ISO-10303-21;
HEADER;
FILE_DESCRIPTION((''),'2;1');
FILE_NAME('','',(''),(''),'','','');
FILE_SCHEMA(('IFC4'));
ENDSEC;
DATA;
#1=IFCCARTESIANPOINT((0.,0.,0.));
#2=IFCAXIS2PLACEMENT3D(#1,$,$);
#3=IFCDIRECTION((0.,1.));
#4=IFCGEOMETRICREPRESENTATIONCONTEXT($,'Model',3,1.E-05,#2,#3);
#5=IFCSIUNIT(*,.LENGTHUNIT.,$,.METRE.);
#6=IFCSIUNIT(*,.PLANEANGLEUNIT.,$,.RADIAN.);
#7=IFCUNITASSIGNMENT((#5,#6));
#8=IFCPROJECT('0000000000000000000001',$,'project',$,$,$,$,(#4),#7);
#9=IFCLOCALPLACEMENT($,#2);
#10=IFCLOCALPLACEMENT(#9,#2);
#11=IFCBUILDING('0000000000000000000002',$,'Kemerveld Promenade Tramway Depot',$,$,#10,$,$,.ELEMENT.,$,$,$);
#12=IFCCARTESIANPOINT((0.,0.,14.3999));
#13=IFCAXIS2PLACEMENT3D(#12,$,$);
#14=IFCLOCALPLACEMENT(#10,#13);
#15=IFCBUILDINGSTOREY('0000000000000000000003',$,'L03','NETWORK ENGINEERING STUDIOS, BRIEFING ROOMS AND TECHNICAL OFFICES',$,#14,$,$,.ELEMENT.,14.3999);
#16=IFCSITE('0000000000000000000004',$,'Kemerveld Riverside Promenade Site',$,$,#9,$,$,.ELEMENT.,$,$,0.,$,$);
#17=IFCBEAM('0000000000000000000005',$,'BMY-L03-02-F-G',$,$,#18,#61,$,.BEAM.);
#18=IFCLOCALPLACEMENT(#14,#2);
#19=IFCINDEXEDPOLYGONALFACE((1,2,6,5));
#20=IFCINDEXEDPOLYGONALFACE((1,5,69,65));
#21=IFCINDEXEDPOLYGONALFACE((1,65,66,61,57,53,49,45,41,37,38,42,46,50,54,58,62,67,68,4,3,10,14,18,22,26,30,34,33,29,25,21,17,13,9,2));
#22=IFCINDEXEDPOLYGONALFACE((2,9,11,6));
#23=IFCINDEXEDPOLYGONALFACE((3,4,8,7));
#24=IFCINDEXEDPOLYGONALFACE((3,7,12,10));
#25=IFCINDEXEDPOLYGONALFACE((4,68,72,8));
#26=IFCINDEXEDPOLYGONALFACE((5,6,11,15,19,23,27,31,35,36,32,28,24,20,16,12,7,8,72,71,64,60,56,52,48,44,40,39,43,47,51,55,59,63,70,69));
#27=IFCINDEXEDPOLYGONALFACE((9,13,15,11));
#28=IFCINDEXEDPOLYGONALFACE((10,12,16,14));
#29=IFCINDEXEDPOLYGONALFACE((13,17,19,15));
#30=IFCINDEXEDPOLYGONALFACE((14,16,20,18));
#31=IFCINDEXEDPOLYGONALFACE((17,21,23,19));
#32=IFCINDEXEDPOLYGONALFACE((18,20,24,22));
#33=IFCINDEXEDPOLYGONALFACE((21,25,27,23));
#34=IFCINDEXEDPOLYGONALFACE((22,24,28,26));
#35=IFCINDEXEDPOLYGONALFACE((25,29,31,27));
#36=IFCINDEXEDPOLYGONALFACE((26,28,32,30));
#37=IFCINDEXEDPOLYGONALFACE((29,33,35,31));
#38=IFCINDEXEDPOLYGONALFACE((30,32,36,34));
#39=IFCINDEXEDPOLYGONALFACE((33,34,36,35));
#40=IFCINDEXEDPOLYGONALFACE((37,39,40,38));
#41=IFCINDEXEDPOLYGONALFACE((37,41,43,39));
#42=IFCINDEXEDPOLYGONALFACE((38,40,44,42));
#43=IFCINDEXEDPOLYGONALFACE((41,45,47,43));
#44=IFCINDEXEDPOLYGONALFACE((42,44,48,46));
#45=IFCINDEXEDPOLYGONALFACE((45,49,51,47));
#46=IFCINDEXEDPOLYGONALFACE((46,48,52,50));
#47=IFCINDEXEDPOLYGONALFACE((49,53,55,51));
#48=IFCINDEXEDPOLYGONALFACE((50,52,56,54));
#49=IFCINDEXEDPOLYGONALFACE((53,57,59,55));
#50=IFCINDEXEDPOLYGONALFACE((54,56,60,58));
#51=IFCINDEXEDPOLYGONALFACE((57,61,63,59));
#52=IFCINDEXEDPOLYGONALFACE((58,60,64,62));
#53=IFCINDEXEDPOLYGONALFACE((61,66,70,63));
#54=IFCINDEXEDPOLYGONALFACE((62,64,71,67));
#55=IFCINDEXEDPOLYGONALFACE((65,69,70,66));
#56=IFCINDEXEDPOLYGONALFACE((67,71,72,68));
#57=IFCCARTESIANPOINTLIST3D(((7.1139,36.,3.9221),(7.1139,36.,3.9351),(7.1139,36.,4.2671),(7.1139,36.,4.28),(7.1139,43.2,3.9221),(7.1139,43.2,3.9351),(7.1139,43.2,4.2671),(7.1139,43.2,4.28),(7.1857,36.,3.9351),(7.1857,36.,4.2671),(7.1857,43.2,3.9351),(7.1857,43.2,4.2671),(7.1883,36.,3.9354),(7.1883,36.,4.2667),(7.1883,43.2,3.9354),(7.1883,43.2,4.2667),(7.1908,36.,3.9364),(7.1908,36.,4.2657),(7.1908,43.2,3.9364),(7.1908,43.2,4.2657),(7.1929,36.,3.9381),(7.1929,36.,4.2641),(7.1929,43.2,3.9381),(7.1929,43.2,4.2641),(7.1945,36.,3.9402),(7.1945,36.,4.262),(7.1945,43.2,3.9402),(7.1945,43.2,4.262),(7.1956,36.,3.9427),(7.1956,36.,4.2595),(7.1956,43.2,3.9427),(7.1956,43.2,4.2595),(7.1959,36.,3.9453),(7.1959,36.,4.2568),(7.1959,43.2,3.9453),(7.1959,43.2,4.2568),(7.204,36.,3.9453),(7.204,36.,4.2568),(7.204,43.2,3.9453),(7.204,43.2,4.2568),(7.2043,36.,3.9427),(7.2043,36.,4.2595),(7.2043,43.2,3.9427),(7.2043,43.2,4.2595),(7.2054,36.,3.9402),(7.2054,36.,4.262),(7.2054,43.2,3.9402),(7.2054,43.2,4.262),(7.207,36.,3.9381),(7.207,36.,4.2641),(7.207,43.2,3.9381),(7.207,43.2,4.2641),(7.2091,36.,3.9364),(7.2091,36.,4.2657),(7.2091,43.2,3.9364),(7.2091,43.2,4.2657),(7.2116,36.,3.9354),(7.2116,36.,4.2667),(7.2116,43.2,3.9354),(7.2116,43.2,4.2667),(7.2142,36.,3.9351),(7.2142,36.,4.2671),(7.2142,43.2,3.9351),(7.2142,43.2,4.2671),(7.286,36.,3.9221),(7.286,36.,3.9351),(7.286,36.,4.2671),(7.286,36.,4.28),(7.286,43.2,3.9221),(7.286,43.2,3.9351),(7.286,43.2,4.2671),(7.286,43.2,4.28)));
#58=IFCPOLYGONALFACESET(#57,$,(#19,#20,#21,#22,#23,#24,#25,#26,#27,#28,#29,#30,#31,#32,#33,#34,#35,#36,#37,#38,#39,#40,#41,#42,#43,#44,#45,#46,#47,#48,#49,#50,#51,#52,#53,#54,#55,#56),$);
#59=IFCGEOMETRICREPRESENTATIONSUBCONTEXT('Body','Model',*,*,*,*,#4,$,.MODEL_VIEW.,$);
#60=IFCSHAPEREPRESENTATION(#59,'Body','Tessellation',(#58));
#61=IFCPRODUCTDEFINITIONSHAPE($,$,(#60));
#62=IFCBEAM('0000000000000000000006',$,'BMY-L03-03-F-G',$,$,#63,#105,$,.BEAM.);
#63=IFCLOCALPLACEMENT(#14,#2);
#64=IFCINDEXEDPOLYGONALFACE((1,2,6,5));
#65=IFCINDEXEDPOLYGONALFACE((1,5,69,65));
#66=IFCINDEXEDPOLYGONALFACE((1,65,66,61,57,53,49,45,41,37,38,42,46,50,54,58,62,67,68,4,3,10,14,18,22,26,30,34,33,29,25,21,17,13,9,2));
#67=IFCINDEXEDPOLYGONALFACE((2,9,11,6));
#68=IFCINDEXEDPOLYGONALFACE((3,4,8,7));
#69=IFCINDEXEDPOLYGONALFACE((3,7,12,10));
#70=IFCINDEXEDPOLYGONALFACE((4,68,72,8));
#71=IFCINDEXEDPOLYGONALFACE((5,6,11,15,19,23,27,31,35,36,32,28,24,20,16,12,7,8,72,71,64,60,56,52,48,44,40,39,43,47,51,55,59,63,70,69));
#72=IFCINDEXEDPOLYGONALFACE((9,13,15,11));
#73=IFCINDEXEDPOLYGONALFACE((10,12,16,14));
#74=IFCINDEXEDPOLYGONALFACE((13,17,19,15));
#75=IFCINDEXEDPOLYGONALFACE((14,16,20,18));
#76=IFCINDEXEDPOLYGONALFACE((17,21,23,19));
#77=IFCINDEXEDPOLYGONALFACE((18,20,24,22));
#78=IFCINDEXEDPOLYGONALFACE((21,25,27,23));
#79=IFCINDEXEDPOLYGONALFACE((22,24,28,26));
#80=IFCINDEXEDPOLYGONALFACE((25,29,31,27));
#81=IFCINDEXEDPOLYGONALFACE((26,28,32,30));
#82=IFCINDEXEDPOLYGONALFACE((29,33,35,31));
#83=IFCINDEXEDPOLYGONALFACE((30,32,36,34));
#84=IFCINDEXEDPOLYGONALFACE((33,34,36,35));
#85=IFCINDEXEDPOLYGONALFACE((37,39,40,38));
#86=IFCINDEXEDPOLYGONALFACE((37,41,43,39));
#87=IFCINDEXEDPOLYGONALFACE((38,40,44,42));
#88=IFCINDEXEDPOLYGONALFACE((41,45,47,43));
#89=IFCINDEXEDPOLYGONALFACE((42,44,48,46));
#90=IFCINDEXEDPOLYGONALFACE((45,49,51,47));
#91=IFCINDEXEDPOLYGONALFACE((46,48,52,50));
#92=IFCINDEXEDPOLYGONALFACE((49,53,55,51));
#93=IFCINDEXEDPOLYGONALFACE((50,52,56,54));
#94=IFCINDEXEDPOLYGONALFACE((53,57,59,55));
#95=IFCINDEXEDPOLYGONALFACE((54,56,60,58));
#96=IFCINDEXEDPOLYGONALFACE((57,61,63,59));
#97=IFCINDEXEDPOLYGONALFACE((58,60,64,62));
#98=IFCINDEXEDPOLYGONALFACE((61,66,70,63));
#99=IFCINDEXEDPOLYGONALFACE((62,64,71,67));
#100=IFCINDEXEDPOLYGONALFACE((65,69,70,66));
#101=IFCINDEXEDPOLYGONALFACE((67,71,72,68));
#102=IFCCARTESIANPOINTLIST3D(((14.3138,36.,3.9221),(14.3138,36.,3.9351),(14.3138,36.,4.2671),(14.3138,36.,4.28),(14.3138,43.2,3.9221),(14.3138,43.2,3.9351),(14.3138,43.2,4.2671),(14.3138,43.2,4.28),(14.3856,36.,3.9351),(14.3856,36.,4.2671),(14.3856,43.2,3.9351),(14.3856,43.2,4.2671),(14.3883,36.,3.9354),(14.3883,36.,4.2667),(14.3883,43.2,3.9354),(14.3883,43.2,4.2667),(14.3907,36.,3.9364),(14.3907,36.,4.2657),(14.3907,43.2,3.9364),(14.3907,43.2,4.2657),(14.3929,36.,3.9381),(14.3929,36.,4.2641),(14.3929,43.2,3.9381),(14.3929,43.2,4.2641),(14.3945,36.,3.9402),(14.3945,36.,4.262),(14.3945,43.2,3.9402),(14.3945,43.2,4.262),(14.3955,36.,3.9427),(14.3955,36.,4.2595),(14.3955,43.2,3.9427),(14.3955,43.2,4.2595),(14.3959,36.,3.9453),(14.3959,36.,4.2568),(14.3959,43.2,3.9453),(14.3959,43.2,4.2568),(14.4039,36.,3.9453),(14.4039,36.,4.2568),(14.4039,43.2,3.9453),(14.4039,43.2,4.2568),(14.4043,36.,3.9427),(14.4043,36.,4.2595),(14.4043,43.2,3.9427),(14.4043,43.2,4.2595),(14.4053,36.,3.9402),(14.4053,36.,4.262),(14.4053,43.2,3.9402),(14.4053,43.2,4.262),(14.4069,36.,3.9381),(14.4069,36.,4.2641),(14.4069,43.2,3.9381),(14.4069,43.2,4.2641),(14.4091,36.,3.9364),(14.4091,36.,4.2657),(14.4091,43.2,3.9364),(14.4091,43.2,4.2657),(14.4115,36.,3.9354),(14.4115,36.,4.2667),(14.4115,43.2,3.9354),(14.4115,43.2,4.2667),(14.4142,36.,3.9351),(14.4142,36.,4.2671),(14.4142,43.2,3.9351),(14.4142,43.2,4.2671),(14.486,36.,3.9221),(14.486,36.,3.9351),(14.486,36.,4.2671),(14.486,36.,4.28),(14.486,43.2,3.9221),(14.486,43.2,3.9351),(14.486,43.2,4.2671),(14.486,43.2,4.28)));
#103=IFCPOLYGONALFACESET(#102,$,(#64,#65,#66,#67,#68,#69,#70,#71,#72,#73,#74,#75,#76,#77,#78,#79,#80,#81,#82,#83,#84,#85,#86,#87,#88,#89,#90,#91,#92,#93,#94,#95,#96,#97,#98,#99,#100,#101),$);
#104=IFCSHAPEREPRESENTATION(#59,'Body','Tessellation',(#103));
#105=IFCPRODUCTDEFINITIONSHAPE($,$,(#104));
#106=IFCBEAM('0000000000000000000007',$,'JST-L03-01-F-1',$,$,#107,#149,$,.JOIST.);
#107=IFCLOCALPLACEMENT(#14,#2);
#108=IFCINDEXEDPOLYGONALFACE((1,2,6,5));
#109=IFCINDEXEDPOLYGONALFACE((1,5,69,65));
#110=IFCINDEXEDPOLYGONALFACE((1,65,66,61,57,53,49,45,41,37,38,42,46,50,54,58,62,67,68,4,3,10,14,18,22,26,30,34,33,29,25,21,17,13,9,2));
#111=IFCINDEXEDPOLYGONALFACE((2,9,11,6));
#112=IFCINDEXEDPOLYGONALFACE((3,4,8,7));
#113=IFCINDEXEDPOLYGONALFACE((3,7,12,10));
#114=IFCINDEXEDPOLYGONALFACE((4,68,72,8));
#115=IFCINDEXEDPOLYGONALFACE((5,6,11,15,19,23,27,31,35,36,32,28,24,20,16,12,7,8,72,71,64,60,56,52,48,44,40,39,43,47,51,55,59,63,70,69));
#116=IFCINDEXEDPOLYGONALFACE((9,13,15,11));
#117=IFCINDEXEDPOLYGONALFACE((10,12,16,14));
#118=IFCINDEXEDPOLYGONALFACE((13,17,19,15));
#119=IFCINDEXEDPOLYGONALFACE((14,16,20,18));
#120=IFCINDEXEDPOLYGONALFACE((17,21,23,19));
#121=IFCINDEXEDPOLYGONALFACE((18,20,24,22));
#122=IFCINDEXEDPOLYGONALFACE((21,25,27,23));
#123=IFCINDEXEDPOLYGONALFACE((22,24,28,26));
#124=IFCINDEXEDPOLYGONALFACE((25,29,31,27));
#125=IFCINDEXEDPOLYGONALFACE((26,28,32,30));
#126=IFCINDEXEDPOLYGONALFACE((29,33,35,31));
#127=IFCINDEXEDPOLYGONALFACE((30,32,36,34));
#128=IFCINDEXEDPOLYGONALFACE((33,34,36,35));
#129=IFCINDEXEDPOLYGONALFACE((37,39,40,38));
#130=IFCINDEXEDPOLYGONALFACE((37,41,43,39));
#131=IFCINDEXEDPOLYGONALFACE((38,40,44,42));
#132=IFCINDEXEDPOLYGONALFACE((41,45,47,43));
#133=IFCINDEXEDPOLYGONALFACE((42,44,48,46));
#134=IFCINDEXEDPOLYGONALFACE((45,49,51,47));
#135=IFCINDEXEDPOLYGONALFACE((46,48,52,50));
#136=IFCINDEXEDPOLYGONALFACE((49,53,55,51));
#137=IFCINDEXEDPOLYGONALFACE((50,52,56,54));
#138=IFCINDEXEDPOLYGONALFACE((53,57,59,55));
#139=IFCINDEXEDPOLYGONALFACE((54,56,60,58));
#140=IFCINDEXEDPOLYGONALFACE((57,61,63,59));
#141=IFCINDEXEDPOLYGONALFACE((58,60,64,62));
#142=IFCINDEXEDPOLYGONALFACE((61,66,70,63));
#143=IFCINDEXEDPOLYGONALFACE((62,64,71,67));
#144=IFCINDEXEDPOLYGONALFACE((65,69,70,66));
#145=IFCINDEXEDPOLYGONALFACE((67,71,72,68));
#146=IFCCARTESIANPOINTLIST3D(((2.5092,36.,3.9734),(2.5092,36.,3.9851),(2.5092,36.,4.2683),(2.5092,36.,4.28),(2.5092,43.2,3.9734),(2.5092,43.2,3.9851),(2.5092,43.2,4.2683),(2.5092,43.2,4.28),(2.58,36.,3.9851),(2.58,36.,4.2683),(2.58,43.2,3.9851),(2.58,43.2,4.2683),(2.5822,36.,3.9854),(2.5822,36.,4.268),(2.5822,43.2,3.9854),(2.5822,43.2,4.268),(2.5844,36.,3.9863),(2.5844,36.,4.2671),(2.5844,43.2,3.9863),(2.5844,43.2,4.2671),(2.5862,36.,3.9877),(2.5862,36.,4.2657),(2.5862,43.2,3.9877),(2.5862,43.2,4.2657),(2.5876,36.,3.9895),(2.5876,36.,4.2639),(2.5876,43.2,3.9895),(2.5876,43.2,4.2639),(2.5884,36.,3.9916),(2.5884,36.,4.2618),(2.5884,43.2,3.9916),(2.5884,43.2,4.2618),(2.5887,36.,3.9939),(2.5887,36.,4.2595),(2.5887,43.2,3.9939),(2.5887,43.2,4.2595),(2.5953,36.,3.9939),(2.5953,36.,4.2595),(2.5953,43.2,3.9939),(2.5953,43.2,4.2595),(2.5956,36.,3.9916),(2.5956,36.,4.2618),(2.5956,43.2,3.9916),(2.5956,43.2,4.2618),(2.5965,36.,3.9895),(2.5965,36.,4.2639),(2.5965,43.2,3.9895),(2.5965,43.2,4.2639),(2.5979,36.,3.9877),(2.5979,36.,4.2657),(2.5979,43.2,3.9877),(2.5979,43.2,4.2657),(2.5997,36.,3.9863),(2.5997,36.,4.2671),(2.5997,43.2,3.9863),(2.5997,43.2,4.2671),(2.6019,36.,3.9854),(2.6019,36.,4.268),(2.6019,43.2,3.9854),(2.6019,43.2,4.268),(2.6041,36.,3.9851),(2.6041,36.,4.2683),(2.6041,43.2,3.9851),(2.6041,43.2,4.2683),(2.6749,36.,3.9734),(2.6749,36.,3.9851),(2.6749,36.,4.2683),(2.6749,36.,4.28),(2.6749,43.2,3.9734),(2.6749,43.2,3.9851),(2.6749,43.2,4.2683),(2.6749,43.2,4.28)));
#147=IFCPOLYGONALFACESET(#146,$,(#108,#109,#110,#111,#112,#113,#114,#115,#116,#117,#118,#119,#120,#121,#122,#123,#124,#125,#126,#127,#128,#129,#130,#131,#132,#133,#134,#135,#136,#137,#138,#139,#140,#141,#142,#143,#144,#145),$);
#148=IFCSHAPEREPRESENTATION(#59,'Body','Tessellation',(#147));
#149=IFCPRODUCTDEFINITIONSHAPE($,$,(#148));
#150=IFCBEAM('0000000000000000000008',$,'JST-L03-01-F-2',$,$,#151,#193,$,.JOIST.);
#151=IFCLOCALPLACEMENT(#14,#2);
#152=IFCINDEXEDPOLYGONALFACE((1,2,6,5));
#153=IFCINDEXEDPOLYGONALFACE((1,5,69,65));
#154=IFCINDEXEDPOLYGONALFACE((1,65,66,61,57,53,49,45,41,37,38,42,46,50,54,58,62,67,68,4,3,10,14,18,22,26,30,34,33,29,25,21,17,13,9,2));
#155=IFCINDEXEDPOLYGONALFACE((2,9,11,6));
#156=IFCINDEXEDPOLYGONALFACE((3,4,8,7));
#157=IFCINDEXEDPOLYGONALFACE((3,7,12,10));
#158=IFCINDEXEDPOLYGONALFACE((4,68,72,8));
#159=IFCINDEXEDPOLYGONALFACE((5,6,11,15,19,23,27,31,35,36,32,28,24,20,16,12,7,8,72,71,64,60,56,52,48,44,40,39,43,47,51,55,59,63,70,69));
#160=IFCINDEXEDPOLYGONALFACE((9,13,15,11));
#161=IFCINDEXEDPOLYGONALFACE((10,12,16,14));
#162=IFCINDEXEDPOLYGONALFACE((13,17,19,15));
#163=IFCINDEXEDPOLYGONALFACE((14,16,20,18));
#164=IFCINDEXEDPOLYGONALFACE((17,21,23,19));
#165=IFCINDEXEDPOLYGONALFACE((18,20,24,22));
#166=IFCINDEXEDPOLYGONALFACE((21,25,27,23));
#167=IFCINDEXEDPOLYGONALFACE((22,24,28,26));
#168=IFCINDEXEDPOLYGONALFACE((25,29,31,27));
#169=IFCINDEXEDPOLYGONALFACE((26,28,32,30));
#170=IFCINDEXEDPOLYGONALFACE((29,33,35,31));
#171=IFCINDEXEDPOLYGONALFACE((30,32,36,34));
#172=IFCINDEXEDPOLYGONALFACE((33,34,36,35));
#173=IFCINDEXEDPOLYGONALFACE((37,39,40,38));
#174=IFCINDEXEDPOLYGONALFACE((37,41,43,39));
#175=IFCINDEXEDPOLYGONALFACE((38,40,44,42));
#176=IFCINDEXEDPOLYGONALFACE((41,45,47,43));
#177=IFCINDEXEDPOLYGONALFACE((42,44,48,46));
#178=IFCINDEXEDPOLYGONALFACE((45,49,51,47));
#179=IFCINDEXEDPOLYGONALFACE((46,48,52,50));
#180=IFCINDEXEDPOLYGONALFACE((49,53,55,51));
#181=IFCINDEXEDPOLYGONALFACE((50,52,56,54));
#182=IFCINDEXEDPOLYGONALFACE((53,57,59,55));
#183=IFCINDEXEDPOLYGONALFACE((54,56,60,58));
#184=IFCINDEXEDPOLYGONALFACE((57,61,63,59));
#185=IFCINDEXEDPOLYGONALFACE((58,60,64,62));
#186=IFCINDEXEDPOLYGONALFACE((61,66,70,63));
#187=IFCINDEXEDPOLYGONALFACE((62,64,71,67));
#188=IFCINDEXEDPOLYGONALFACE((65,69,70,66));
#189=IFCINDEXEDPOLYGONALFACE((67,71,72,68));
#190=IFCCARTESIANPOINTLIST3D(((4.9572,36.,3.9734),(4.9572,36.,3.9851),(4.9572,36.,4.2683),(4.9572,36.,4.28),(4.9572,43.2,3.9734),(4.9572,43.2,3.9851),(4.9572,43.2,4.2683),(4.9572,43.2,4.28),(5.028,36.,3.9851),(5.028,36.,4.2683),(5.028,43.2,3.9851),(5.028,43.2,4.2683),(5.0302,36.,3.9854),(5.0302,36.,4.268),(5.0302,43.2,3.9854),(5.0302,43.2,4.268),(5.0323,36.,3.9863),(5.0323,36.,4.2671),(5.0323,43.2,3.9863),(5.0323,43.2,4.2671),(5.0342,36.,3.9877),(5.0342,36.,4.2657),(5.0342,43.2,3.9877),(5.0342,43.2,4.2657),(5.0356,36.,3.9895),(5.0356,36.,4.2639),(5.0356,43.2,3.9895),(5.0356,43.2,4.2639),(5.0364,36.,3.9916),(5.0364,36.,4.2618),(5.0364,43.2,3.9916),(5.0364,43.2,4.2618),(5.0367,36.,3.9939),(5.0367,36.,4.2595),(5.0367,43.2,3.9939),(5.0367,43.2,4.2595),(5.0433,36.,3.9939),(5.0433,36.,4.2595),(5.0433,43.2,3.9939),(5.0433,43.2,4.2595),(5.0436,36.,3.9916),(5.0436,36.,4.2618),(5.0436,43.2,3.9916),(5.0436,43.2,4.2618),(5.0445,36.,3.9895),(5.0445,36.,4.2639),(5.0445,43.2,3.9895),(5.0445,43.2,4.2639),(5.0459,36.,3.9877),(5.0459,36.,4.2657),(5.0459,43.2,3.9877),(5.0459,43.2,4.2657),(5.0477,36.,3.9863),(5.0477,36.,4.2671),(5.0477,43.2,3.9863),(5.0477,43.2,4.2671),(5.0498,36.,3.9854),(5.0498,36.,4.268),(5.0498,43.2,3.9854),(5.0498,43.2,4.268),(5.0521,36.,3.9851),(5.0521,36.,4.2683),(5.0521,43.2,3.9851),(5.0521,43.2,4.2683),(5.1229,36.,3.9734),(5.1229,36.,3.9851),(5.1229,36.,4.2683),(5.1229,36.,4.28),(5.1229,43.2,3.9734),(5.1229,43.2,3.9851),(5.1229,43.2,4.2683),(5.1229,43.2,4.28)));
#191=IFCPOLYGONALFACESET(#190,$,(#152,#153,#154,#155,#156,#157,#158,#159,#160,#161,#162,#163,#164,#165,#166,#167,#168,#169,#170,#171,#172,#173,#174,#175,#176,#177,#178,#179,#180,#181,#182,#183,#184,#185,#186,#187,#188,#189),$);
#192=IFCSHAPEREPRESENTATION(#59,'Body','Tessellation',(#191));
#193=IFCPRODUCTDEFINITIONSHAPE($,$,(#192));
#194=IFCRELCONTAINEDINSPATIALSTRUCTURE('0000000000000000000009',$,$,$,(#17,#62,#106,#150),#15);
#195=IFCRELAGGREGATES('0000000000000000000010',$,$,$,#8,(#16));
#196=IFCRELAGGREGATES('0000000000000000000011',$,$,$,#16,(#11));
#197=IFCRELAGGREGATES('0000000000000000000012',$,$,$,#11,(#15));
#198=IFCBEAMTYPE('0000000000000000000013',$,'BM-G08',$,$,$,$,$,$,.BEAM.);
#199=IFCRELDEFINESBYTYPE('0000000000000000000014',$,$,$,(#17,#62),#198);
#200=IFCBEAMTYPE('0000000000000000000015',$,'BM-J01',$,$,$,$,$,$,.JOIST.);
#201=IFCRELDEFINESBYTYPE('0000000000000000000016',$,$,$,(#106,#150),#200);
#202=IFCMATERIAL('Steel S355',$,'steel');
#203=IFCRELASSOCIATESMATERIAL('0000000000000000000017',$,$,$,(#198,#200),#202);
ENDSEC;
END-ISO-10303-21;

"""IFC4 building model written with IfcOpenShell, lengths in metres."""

from ifc_helpers import new_model, si_unit, direction, frame, origin, origin_2d, place, context, subcontext, project, spatial, i_section, extrude, material, material_profile, profile_set, type_object, element, save


model = new_model("IFC4")

# Units and contexts
model_context = context("Model", 3, precision=1e-05, world=origin(), true_north=direction((0.0, 1.0)))
body_context = subcontext(model_context, "Body", "Model", "MODEL_VIEW")
ifc_project = project(units=[si_unit("LENGTHUNIT", "METRE"), si_unit("PLANEANGLEUNIT", "RADIAN")], contexts=[model_context])

# Site, building, storey
site_placement = place(None, origin())
site = spatial("IfcSite", under=ifc_project, at=site_placement, Name="Kemerveld Riverside Promenade Site", CompositionType="ELEMENT", RefElevation=0.0)
building_placement = place(site_placement, origin())
building = spatial("IfcBuilding", under=site, at=building_placement, Name="Kemerveld Promenade Tramway Depot", CompositionType="ELEMENT")
storey_placement = place(building_placement, frame((0.0, 0.0, 14.3999)))
storey = spatial("IfcBuildingStorey", under=building, at=storey_placement, Name="L03", Description="NETWORK ENGINEERING STUDIOS, BRIEFING ROOMS AND TECHNICAL OFFICES", CompositionType="ELEMENT", Elevation=14.3999)

# Shared definitions
ifc_material_1 = material(Name="Steel S355", Category="steel")

# Beams
ifc_material_profile_1 = material_profile(ifc_material_1, i_section(OverallWidth=0.1721, OverallDepth=0.3579, WebThickness=0.0081, FlangeThickness=0.0129, FilletRadius=0.0103, at=origin_2d()), Name="356x171x57 UB")
ifc_profile_set_1 = profile_set([ifc_material_profile_1], Name="Steel S355")
beam_type_1 = type_object("IfcBeamType", Name="BM-G08", PredefinedType="BEAM", material=ifc_profile_set_1)
for number, where, z_axis, x_axis, name in (
    (1, (7.2, 36.0, 4.1011), (0.0, 1.0, 0.0), (-1.0, 0.0, 0.0), "BMY-L03-02-F-G"),
    (2, (14.3999, 36.0, 4.1011), (0.0, 1.0, 0.0), (-1.0, 0.0, 0.0), "BMY-L03-03-F-G"),
):
    element("IfcBeam", number, at=place(storey_placement, frame(where, z_axis=z_axis, x_axis=x_axis)), inside=storey, type_object=beam_type_1, Name=name, PredefinedType="BEAM", context=body_context, shape_type="SweptSolid", body=[
        extrude(i_section(OverallWidth=0.1721, OverallDepth=0.3579, WebThickness=0.0081, FlangeThickness=0.0129, FilletRadius=0.0103, at=origin_2d()), origin(), (0.0, 0.0, 1.0), 7.2),
    ])
ifc_material_profile_2 = material_profile(ifc_material_1, i_section(OverallWidth=0.1658, OverallDepth=0.3066, WebThickness=0.0066, FlangeThickness=0.0117, FilletRadius=0.0088, at=origin_2d()), Name="305x165x46 UB")
ifc_profile_set_2 = profile_set([ifc_material_profile_2], Name="Steel S355")
beam_type_2 = type_object("IfcBeamType", Name="BM-J01", PredefinedType="JOIST", material=ifc_profile_set_2)
for number, where, z_axis, x_axis, name in (
    (3, (2.592, 36.0, 4.1267), (0.0, 1.0, 0.0), (-1.0, 0.0, 0.0), "JST-L03-01-F-1"),
    (4, (5.04, 36.0, 4.1267), (0.0, 1.0, 0.0), (-1.0, 0.0, 0.0), "JST-L03-01-F-2"),
):
    element("IfcBeam", number, at=place(storey_placement, frame(where, z_axis=z_axis, x_axis=x_axis)), inside=storey, type_object=beam_type_2, Name=name, PredefinedType="JOIST", context=body_context, shape_type="SweptSolid", body=[
        extrude(i_section(OverallWidth=0.1658, OverallDepth=0.3066, WebThickness=0.0066, FlangeThickness=0.0117, FilletRadius=0.0088, at=origin_2d()), origin(), (0.0, 0.0, 1.0), 7.2),
    ])

save(model, "model.ifc")
